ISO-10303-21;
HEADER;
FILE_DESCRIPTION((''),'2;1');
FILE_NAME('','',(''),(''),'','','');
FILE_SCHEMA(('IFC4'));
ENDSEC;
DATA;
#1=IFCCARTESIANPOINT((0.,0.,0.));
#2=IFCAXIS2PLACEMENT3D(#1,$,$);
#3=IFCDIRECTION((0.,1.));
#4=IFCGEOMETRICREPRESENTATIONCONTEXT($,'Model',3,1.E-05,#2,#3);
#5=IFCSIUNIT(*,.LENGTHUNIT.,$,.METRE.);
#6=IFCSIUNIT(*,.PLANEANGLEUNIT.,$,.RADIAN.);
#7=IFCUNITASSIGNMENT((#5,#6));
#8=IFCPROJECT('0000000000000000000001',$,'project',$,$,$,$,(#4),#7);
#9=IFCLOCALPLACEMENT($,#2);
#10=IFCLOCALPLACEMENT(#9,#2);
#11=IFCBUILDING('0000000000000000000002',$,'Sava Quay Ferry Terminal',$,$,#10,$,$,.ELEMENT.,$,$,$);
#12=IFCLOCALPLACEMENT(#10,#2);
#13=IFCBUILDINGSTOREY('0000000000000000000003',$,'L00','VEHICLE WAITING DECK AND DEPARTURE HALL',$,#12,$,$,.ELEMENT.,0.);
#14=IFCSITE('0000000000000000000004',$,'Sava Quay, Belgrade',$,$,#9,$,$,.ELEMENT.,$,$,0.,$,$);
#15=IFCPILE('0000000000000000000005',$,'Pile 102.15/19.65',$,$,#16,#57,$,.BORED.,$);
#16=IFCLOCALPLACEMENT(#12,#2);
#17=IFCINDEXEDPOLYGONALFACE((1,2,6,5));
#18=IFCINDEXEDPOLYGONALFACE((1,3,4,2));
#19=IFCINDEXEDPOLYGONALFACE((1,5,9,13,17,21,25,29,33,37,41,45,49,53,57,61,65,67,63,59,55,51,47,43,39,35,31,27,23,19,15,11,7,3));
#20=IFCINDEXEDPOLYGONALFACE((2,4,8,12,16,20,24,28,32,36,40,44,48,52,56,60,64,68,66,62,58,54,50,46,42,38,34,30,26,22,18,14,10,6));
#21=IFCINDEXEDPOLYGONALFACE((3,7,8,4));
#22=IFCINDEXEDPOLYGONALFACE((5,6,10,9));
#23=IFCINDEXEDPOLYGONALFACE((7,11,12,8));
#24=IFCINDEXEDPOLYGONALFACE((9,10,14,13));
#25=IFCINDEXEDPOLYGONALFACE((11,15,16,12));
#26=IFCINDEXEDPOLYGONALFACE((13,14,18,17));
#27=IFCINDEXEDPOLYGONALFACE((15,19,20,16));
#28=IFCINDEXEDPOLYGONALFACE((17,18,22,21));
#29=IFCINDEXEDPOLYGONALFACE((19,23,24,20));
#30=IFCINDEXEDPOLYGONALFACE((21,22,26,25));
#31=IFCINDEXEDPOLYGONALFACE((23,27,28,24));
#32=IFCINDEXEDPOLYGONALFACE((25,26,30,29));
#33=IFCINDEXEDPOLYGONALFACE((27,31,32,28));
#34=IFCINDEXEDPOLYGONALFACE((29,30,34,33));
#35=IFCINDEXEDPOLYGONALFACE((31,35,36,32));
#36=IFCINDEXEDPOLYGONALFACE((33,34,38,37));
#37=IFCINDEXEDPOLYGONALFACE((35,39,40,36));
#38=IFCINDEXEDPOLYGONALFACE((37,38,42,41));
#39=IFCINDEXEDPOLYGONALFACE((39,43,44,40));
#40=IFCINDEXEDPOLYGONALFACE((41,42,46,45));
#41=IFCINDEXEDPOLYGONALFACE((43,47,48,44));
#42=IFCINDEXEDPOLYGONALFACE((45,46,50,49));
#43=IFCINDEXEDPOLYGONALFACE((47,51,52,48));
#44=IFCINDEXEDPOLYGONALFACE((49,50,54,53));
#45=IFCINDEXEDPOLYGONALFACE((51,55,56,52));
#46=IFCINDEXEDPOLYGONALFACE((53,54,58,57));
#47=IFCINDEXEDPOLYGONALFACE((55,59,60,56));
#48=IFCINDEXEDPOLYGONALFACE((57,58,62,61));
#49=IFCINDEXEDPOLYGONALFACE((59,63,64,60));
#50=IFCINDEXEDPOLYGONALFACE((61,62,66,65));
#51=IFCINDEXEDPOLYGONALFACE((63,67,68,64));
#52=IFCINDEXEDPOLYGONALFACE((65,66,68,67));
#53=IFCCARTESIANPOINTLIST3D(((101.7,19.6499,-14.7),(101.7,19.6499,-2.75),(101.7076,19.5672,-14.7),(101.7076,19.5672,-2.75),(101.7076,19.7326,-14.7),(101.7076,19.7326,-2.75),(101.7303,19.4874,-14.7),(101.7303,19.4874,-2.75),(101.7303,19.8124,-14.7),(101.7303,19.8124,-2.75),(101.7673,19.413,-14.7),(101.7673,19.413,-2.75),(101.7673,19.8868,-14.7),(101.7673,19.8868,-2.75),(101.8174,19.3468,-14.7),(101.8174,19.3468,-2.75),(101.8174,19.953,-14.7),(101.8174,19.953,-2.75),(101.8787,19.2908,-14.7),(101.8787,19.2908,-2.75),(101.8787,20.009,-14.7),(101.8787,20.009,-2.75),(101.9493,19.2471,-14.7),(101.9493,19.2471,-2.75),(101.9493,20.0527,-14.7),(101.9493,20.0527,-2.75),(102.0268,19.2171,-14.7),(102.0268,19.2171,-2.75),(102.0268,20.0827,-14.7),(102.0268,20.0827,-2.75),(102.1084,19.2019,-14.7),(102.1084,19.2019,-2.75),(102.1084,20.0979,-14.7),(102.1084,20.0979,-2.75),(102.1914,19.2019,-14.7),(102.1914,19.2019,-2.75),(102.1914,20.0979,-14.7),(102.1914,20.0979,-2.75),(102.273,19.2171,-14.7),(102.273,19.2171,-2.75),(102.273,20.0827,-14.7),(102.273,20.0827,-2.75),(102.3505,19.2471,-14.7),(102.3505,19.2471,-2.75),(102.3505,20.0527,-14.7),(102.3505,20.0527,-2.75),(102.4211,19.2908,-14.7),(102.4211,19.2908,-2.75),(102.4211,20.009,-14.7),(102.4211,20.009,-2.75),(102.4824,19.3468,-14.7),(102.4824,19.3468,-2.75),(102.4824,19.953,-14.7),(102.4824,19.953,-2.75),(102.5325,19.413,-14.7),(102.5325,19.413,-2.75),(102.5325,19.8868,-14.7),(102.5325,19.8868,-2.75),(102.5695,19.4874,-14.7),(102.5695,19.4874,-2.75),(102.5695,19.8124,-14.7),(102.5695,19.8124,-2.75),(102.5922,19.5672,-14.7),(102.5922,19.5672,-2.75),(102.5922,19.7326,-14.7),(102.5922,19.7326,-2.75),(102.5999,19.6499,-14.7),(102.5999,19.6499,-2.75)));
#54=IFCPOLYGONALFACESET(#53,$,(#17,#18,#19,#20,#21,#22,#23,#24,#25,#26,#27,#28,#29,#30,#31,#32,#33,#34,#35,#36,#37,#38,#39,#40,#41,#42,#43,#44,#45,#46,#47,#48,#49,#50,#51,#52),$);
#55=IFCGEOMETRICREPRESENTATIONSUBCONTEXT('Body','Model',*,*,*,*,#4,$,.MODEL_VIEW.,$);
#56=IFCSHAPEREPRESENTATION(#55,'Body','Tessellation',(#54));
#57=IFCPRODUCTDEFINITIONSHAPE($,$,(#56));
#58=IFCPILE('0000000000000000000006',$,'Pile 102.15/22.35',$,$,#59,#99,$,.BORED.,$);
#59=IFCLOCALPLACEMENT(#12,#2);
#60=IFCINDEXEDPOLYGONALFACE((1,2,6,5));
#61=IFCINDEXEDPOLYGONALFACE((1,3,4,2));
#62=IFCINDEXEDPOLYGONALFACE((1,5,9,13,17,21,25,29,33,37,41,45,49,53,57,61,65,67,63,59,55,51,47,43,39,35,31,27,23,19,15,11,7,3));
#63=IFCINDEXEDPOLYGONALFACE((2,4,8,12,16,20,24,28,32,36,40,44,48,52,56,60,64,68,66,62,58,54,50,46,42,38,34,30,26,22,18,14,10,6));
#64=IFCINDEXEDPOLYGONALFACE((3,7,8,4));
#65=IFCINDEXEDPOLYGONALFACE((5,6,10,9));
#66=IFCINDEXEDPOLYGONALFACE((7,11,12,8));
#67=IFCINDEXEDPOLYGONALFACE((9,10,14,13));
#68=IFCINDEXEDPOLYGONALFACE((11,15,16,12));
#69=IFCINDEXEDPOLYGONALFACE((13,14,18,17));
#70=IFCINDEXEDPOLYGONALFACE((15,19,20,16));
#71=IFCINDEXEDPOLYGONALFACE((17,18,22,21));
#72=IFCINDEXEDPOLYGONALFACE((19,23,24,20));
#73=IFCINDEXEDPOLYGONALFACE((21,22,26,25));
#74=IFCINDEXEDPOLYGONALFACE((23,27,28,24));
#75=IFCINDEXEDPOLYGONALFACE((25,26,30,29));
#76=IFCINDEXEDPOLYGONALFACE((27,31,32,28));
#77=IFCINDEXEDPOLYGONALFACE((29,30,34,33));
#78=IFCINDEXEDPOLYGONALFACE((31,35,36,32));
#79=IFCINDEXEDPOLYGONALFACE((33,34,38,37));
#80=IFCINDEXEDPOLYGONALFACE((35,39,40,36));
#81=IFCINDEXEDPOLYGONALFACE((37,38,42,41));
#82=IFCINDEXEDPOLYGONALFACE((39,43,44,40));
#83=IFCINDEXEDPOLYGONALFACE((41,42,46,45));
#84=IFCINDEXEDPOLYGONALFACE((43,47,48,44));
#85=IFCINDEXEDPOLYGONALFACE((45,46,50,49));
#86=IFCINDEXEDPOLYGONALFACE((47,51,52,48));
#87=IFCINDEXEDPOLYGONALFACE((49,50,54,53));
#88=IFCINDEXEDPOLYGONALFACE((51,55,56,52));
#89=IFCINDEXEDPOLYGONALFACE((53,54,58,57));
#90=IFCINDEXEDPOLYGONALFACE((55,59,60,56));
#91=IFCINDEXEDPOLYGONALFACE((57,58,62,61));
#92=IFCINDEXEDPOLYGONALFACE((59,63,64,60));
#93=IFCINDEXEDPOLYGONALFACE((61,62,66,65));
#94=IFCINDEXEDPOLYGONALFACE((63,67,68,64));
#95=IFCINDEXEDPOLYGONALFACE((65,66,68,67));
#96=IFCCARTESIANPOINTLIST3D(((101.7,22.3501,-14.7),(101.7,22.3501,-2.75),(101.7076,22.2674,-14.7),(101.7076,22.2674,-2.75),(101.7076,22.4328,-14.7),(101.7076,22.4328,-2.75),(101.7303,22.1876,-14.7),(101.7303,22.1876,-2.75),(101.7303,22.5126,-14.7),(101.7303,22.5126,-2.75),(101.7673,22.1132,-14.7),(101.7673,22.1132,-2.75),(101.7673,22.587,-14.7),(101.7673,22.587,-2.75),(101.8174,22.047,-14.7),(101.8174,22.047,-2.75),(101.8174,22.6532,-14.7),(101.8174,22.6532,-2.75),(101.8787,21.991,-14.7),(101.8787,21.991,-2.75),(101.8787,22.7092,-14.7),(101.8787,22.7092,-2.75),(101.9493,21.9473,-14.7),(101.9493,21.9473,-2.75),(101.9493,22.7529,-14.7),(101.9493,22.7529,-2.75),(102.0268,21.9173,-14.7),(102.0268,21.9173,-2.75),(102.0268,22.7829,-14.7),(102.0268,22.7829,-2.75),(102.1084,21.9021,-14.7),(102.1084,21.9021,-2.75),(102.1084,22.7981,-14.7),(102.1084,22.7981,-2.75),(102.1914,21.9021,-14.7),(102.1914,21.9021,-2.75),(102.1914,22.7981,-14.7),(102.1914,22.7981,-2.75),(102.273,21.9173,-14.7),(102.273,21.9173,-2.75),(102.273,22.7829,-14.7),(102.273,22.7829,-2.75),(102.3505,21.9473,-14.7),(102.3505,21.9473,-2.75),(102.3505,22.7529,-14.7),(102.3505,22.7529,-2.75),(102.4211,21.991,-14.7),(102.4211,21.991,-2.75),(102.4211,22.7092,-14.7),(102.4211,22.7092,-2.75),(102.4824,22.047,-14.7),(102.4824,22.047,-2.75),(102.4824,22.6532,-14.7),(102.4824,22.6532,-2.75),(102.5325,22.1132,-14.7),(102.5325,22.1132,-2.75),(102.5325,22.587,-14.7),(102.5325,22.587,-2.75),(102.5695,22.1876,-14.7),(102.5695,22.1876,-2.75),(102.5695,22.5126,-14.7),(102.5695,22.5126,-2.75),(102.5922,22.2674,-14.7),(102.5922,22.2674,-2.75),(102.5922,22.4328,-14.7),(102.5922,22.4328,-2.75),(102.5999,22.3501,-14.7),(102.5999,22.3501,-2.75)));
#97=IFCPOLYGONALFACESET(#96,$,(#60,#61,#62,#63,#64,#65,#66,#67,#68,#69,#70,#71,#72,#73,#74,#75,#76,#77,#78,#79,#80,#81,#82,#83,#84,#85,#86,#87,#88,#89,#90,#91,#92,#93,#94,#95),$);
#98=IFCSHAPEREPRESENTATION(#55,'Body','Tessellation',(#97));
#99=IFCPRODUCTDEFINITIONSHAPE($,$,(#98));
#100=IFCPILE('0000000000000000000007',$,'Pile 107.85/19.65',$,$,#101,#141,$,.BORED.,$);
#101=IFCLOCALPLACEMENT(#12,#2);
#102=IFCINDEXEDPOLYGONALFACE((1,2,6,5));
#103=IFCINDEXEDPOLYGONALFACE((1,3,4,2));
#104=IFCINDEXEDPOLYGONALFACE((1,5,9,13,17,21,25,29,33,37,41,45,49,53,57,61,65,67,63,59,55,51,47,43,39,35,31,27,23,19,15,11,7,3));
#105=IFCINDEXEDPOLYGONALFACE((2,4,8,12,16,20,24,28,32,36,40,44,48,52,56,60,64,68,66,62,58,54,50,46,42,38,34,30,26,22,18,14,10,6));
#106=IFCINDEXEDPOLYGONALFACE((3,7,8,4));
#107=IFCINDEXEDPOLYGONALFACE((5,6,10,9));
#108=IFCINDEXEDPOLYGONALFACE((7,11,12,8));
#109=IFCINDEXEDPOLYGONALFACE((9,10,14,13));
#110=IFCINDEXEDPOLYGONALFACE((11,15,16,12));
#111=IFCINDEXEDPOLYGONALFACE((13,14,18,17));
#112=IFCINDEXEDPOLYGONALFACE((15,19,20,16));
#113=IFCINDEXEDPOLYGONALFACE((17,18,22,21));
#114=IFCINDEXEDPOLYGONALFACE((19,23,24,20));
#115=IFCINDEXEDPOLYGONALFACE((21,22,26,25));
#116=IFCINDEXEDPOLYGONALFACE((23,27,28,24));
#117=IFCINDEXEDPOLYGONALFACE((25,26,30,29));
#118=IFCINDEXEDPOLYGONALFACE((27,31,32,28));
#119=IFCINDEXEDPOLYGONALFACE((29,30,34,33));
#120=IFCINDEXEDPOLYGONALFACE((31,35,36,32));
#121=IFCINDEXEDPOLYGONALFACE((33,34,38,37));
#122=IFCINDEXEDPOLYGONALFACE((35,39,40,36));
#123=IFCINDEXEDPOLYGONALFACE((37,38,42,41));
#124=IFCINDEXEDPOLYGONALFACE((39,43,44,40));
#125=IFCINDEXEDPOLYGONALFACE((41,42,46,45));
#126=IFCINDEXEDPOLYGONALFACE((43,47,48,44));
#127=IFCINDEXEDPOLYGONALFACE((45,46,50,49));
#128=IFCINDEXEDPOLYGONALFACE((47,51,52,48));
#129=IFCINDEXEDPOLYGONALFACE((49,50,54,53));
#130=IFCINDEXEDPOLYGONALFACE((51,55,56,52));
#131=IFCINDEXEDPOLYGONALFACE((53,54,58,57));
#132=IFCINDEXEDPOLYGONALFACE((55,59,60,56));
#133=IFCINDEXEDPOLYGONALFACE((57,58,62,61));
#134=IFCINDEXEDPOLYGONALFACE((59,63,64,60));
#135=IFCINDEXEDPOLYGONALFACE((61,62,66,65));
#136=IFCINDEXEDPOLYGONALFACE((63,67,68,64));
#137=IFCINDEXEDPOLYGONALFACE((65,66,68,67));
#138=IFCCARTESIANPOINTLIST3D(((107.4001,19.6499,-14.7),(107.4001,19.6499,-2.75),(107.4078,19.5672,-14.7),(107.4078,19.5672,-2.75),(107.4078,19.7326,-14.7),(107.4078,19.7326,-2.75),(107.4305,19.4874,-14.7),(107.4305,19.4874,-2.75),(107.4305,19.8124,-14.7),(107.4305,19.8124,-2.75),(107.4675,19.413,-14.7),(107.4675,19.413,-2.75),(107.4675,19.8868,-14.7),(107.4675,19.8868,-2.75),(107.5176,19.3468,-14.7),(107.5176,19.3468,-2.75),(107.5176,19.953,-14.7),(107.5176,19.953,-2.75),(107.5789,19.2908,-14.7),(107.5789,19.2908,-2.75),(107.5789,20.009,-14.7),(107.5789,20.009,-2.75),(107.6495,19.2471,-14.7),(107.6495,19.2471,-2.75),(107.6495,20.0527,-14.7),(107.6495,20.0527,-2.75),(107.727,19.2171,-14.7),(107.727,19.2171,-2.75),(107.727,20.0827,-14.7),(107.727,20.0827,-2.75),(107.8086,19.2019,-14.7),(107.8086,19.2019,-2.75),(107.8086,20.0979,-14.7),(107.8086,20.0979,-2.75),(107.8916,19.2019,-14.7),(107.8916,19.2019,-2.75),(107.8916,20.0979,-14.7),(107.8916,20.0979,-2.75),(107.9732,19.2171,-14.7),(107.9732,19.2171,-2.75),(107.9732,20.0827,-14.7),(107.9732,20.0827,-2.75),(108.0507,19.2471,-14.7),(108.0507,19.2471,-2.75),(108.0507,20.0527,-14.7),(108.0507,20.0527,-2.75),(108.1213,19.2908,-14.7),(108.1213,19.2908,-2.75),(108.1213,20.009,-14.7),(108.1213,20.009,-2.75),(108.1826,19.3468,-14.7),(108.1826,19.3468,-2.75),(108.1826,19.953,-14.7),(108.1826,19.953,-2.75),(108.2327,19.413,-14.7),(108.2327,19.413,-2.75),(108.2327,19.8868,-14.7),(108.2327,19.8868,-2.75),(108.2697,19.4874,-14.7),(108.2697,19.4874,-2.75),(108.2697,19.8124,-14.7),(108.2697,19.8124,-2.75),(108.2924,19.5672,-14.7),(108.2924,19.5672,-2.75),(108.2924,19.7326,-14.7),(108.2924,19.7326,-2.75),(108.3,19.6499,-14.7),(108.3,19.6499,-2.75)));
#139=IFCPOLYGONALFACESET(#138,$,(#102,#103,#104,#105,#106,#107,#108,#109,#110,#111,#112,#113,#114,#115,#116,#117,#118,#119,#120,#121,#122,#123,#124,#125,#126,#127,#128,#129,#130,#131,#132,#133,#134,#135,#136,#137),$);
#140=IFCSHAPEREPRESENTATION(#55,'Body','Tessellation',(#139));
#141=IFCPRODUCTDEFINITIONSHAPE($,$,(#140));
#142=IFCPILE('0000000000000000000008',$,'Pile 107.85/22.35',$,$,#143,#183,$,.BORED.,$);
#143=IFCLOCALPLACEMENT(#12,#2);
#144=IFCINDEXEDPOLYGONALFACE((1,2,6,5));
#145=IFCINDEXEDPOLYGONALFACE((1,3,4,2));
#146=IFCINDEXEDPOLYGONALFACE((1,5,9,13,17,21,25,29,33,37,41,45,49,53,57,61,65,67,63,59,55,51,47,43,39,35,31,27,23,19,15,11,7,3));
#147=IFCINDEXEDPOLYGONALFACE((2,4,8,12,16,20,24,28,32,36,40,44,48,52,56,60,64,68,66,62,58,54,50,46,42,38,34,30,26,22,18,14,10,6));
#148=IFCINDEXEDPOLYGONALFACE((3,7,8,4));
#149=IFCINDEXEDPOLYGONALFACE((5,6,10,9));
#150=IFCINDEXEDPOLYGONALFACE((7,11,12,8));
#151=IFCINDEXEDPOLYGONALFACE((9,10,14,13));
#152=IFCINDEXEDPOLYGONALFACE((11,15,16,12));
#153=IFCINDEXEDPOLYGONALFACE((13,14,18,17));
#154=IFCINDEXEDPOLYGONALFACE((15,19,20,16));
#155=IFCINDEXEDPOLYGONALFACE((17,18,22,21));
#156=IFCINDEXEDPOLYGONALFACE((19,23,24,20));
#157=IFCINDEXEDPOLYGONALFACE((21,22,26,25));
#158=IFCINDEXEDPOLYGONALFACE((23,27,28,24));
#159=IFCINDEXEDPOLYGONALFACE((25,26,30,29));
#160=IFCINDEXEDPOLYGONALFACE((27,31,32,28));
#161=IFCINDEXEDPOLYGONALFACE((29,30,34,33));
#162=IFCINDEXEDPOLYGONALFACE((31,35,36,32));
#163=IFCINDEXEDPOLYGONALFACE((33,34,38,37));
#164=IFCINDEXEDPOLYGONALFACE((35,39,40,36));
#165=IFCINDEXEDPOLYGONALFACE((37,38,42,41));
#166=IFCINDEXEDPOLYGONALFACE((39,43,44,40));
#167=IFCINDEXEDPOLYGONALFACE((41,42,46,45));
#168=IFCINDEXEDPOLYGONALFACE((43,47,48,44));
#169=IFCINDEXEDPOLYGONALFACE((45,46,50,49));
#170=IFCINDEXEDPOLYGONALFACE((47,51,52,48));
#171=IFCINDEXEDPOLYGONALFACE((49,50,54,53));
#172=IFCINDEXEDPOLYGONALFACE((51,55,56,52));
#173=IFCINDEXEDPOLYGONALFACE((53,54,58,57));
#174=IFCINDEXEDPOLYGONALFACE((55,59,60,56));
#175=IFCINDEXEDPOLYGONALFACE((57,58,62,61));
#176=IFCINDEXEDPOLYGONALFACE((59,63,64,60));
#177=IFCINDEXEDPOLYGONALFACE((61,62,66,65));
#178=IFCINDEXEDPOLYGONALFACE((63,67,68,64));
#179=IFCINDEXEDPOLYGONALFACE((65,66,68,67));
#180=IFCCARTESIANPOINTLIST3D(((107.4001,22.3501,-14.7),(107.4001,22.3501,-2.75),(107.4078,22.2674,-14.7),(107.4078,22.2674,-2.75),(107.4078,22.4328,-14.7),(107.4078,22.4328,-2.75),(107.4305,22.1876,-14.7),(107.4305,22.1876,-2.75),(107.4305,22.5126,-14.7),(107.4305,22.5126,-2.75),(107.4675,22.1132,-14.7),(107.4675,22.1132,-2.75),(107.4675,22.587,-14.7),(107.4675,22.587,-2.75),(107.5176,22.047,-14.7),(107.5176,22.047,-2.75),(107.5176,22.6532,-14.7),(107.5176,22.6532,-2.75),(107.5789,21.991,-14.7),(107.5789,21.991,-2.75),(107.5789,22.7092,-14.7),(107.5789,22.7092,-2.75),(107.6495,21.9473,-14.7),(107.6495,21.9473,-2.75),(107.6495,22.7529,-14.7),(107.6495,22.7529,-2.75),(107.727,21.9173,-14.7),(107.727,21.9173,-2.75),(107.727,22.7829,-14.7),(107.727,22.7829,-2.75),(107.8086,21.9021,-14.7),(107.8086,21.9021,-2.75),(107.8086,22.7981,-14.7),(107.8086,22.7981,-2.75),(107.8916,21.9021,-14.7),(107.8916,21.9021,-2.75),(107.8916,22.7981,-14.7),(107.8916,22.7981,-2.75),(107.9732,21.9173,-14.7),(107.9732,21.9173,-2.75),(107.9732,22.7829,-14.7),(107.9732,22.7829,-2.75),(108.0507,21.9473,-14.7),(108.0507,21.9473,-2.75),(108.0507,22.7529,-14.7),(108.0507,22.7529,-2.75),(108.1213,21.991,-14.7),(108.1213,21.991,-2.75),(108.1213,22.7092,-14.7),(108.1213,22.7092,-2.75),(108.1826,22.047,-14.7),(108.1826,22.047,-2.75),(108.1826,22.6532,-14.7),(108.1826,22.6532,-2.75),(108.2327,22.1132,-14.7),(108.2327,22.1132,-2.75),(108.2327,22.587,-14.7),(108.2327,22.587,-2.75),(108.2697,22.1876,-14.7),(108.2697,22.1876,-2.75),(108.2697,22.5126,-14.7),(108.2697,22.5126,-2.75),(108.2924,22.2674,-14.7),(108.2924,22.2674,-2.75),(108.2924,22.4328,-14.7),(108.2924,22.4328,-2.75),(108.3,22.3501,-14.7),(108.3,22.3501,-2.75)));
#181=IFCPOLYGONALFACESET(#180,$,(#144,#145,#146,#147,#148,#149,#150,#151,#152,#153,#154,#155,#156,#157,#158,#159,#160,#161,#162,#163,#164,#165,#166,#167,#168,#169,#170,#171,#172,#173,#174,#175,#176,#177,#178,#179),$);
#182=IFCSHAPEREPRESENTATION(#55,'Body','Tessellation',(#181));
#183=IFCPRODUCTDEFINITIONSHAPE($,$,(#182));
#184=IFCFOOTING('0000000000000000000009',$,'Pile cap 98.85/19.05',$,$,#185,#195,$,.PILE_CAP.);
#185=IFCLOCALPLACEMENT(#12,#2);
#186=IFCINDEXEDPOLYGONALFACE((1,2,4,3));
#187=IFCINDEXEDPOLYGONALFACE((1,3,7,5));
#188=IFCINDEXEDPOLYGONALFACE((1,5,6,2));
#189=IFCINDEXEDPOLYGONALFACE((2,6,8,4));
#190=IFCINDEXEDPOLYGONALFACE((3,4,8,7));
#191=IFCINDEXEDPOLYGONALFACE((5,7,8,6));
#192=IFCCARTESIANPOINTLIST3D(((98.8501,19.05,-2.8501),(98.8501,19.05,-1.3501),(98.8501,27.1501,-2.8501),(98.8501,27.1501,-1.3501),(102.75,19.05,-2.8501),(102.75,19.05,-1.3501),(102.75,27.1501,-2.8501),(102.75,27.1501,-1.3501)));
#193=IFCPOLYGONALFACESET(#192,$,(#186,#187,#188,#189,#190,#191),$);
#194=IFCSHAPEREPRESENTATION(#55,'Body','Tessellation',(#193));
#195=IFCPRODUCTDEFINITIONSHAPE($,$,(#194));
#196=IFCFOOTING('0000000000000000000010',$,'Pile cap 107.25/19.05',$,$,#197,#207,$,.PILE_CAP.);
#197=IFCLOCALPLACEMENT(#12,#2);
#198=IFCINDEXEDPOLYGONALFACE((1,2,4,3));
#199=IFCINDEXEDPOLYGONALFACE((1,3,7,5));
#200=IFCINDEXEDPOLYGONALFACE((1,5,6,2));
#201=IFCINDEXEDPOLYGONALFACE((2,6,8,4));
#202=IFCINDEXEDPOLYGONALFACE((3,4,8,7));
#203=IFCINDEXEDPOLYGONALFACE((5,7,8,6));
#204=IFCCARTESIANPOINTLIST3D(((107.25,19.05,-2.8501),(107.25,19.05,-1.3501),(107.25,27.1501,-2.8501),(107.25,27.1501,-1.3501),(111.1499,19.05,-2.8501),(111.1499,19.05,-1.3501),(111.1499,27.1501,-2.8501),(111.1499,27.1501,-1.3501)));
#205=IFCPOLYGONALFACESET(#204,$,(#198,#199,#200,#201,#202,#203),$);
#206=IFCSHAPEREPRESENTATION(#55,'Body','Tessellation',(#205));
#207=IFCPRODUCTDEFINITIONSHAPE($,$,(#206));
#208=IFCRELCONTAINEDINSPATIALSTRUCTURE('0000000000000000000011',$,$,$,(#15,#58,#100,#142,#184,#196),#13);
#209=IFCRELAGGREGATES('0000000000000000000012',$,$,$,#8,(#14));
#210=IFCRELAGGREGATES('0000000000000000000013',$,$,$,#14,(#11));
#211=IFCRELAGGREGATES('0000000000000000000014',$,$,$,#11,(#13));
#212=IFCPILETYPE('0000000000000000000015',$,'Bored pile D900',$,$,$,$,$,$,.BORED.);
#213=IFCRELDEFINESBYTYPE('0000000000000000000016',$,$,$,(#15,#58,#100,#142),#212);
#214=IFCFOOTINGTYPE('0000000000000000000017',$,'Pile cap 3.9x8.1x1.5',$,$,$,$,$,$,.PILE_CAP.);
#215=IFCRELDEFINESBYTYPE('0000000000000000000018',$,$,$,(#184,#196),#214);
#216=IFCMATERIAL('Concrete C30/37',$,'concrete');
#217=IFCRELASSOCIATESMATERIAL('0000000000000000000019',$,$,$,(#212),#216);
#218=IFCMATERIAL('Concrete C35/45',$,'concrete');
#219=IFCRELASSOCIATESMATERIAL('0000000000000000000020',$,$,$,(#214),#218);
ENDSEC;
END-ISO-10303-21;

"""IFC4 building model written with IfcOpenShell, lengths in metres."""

from ifc_helpers import new_model, si_unit, direction, frame, origin, origin_2d, place, context, subcontext, project, spatial, rectangle, circle, extrude, material, material_profile, profile_set, type_object, element, save


model = new_model("IFC4")

# Units and contexts
model_context = context("Model", 3, precision=1e-05, world=origin(), true_north=direction((0.0, 1.0)))
body_context = subcontext(model_context, "Body", "Model", "MODEL_VIEW")
ifc_project = project(units=[si_unit("LENGTHUNIT", "METRE"), si_unit("PLANEANGLEUNIT", "RADIAN")], contexts=[model_context])

# Site, building, storey
site_placement = place(None, origin())
site = spatial("IfcSite", under=ifc_project, at=site_placement, Name="Sava Quay, Belgrade", CompositionType="ELEMENT", RefElevation=0.0)
building_placement = place(site_placement, origin())
building = spatial("IfcBuilding", under=site, at=building_placement, Name="Sava Quay Ferry Terminal", CompositionType="ELEMENT")
storey_placement = place(building_placement, origin())
storey = spatial("IfcBuildingStorey", under=building, at=storey_placement, Name="L00", Description="VEHICLE WAITING DECK AND DEPARTURE HALL", CompositionType="ELEMENT", Elevation=0.0)

# Piles
ifc_material_1 = material(Name="Concrete C30/37", Category="concrete")
ifc_material_profile_1 = material_profile(ifc_material_1, circle(Radius=0.45, at=origin_2d()), Name="Bored pile D900")
ifc_profile_set_1 = profile_set([ifc_material_profile_1], Name="Concrete C30/37")
pile_type = type_object("IfcPileType", Name="Bored pile D900", PredefinedType="BORED", material=ifc_profile_set_1)
for number, where, z_axis, x_axis, name in (
    (1, (102.1499, 19.6499, -2.75), (0.0, 0.0, -1.0), (1.0, 0.0, 0.0), "Pile 102.15/19.65"),
    (2, (102.1499, 22.3501, -2.75), (0.0, 0.0, -1.0), (1.0, 0.0, 0.0), "Pile 102.15/22.35"),
    (3, (107.8501, 19.6499, -2.75), (0.0, 0.0, -1.0), (1.0, 0.0, 0.0), "Pile 107.85/19.65"),
    (4, (107.8501, 22.3501, -2.75), (0.0, 0.0, -1.0), (1.0, 0.0, 0.0), "Pile 107.85/22.35"),
):
    element("IfcPile", number, at=place(storey_placement, frame(where, z_axis=z_axis, x_axis=x_axis)), inside=storey, type_object=pile_type, Name=name, PredefinedType="BORED", context=body_context, shape_type="SweptSolid", body=[
        extrude(circle(Radius=0.45, at=origin_2d()), origin(), (0.0, 0.0, 1.0), 11.95),
    ])

# Footings
ifc_material_2 = material(Name="Concrete C35/45", Category="concrete")
footing_type = type_object("IfcFootingType", Name="Pile cap 3.9x8.1x1.5", PredefinedType="PILE_CAP", material=ifc_material_2)
for number, where, z_axis, x_axis, name in (
    (5, (100.8, 23.1001, -2.8501), (0.0, 0.0, 1.0), (1.0, 0.0, 0.0), "Pile cap 98.85/19.05"),
    (6, (109.2, 23.1001, -2.8501), (0.0, 0.0, 1.0), (1.0, 0.0, 0.0), "Pile cap 107.25/19.05"),
):
    element("IfcFooting", number, at=place(storey_placement, frame(where, z_axis=z_axis, x_axis=x_axis)), inside=storey, type_object=footing_type, Name=name, PredefinedType="PILE_CAP", context=body_context, shape_type="SweptSolid", body=[
        extrude(rectangle(XDim=3.8999, YDim=8.1001, at=origin_2d()), origin(), (0.0, 0.0, 1.0), 1.5),
    ])

save(model, "model.ifc")
